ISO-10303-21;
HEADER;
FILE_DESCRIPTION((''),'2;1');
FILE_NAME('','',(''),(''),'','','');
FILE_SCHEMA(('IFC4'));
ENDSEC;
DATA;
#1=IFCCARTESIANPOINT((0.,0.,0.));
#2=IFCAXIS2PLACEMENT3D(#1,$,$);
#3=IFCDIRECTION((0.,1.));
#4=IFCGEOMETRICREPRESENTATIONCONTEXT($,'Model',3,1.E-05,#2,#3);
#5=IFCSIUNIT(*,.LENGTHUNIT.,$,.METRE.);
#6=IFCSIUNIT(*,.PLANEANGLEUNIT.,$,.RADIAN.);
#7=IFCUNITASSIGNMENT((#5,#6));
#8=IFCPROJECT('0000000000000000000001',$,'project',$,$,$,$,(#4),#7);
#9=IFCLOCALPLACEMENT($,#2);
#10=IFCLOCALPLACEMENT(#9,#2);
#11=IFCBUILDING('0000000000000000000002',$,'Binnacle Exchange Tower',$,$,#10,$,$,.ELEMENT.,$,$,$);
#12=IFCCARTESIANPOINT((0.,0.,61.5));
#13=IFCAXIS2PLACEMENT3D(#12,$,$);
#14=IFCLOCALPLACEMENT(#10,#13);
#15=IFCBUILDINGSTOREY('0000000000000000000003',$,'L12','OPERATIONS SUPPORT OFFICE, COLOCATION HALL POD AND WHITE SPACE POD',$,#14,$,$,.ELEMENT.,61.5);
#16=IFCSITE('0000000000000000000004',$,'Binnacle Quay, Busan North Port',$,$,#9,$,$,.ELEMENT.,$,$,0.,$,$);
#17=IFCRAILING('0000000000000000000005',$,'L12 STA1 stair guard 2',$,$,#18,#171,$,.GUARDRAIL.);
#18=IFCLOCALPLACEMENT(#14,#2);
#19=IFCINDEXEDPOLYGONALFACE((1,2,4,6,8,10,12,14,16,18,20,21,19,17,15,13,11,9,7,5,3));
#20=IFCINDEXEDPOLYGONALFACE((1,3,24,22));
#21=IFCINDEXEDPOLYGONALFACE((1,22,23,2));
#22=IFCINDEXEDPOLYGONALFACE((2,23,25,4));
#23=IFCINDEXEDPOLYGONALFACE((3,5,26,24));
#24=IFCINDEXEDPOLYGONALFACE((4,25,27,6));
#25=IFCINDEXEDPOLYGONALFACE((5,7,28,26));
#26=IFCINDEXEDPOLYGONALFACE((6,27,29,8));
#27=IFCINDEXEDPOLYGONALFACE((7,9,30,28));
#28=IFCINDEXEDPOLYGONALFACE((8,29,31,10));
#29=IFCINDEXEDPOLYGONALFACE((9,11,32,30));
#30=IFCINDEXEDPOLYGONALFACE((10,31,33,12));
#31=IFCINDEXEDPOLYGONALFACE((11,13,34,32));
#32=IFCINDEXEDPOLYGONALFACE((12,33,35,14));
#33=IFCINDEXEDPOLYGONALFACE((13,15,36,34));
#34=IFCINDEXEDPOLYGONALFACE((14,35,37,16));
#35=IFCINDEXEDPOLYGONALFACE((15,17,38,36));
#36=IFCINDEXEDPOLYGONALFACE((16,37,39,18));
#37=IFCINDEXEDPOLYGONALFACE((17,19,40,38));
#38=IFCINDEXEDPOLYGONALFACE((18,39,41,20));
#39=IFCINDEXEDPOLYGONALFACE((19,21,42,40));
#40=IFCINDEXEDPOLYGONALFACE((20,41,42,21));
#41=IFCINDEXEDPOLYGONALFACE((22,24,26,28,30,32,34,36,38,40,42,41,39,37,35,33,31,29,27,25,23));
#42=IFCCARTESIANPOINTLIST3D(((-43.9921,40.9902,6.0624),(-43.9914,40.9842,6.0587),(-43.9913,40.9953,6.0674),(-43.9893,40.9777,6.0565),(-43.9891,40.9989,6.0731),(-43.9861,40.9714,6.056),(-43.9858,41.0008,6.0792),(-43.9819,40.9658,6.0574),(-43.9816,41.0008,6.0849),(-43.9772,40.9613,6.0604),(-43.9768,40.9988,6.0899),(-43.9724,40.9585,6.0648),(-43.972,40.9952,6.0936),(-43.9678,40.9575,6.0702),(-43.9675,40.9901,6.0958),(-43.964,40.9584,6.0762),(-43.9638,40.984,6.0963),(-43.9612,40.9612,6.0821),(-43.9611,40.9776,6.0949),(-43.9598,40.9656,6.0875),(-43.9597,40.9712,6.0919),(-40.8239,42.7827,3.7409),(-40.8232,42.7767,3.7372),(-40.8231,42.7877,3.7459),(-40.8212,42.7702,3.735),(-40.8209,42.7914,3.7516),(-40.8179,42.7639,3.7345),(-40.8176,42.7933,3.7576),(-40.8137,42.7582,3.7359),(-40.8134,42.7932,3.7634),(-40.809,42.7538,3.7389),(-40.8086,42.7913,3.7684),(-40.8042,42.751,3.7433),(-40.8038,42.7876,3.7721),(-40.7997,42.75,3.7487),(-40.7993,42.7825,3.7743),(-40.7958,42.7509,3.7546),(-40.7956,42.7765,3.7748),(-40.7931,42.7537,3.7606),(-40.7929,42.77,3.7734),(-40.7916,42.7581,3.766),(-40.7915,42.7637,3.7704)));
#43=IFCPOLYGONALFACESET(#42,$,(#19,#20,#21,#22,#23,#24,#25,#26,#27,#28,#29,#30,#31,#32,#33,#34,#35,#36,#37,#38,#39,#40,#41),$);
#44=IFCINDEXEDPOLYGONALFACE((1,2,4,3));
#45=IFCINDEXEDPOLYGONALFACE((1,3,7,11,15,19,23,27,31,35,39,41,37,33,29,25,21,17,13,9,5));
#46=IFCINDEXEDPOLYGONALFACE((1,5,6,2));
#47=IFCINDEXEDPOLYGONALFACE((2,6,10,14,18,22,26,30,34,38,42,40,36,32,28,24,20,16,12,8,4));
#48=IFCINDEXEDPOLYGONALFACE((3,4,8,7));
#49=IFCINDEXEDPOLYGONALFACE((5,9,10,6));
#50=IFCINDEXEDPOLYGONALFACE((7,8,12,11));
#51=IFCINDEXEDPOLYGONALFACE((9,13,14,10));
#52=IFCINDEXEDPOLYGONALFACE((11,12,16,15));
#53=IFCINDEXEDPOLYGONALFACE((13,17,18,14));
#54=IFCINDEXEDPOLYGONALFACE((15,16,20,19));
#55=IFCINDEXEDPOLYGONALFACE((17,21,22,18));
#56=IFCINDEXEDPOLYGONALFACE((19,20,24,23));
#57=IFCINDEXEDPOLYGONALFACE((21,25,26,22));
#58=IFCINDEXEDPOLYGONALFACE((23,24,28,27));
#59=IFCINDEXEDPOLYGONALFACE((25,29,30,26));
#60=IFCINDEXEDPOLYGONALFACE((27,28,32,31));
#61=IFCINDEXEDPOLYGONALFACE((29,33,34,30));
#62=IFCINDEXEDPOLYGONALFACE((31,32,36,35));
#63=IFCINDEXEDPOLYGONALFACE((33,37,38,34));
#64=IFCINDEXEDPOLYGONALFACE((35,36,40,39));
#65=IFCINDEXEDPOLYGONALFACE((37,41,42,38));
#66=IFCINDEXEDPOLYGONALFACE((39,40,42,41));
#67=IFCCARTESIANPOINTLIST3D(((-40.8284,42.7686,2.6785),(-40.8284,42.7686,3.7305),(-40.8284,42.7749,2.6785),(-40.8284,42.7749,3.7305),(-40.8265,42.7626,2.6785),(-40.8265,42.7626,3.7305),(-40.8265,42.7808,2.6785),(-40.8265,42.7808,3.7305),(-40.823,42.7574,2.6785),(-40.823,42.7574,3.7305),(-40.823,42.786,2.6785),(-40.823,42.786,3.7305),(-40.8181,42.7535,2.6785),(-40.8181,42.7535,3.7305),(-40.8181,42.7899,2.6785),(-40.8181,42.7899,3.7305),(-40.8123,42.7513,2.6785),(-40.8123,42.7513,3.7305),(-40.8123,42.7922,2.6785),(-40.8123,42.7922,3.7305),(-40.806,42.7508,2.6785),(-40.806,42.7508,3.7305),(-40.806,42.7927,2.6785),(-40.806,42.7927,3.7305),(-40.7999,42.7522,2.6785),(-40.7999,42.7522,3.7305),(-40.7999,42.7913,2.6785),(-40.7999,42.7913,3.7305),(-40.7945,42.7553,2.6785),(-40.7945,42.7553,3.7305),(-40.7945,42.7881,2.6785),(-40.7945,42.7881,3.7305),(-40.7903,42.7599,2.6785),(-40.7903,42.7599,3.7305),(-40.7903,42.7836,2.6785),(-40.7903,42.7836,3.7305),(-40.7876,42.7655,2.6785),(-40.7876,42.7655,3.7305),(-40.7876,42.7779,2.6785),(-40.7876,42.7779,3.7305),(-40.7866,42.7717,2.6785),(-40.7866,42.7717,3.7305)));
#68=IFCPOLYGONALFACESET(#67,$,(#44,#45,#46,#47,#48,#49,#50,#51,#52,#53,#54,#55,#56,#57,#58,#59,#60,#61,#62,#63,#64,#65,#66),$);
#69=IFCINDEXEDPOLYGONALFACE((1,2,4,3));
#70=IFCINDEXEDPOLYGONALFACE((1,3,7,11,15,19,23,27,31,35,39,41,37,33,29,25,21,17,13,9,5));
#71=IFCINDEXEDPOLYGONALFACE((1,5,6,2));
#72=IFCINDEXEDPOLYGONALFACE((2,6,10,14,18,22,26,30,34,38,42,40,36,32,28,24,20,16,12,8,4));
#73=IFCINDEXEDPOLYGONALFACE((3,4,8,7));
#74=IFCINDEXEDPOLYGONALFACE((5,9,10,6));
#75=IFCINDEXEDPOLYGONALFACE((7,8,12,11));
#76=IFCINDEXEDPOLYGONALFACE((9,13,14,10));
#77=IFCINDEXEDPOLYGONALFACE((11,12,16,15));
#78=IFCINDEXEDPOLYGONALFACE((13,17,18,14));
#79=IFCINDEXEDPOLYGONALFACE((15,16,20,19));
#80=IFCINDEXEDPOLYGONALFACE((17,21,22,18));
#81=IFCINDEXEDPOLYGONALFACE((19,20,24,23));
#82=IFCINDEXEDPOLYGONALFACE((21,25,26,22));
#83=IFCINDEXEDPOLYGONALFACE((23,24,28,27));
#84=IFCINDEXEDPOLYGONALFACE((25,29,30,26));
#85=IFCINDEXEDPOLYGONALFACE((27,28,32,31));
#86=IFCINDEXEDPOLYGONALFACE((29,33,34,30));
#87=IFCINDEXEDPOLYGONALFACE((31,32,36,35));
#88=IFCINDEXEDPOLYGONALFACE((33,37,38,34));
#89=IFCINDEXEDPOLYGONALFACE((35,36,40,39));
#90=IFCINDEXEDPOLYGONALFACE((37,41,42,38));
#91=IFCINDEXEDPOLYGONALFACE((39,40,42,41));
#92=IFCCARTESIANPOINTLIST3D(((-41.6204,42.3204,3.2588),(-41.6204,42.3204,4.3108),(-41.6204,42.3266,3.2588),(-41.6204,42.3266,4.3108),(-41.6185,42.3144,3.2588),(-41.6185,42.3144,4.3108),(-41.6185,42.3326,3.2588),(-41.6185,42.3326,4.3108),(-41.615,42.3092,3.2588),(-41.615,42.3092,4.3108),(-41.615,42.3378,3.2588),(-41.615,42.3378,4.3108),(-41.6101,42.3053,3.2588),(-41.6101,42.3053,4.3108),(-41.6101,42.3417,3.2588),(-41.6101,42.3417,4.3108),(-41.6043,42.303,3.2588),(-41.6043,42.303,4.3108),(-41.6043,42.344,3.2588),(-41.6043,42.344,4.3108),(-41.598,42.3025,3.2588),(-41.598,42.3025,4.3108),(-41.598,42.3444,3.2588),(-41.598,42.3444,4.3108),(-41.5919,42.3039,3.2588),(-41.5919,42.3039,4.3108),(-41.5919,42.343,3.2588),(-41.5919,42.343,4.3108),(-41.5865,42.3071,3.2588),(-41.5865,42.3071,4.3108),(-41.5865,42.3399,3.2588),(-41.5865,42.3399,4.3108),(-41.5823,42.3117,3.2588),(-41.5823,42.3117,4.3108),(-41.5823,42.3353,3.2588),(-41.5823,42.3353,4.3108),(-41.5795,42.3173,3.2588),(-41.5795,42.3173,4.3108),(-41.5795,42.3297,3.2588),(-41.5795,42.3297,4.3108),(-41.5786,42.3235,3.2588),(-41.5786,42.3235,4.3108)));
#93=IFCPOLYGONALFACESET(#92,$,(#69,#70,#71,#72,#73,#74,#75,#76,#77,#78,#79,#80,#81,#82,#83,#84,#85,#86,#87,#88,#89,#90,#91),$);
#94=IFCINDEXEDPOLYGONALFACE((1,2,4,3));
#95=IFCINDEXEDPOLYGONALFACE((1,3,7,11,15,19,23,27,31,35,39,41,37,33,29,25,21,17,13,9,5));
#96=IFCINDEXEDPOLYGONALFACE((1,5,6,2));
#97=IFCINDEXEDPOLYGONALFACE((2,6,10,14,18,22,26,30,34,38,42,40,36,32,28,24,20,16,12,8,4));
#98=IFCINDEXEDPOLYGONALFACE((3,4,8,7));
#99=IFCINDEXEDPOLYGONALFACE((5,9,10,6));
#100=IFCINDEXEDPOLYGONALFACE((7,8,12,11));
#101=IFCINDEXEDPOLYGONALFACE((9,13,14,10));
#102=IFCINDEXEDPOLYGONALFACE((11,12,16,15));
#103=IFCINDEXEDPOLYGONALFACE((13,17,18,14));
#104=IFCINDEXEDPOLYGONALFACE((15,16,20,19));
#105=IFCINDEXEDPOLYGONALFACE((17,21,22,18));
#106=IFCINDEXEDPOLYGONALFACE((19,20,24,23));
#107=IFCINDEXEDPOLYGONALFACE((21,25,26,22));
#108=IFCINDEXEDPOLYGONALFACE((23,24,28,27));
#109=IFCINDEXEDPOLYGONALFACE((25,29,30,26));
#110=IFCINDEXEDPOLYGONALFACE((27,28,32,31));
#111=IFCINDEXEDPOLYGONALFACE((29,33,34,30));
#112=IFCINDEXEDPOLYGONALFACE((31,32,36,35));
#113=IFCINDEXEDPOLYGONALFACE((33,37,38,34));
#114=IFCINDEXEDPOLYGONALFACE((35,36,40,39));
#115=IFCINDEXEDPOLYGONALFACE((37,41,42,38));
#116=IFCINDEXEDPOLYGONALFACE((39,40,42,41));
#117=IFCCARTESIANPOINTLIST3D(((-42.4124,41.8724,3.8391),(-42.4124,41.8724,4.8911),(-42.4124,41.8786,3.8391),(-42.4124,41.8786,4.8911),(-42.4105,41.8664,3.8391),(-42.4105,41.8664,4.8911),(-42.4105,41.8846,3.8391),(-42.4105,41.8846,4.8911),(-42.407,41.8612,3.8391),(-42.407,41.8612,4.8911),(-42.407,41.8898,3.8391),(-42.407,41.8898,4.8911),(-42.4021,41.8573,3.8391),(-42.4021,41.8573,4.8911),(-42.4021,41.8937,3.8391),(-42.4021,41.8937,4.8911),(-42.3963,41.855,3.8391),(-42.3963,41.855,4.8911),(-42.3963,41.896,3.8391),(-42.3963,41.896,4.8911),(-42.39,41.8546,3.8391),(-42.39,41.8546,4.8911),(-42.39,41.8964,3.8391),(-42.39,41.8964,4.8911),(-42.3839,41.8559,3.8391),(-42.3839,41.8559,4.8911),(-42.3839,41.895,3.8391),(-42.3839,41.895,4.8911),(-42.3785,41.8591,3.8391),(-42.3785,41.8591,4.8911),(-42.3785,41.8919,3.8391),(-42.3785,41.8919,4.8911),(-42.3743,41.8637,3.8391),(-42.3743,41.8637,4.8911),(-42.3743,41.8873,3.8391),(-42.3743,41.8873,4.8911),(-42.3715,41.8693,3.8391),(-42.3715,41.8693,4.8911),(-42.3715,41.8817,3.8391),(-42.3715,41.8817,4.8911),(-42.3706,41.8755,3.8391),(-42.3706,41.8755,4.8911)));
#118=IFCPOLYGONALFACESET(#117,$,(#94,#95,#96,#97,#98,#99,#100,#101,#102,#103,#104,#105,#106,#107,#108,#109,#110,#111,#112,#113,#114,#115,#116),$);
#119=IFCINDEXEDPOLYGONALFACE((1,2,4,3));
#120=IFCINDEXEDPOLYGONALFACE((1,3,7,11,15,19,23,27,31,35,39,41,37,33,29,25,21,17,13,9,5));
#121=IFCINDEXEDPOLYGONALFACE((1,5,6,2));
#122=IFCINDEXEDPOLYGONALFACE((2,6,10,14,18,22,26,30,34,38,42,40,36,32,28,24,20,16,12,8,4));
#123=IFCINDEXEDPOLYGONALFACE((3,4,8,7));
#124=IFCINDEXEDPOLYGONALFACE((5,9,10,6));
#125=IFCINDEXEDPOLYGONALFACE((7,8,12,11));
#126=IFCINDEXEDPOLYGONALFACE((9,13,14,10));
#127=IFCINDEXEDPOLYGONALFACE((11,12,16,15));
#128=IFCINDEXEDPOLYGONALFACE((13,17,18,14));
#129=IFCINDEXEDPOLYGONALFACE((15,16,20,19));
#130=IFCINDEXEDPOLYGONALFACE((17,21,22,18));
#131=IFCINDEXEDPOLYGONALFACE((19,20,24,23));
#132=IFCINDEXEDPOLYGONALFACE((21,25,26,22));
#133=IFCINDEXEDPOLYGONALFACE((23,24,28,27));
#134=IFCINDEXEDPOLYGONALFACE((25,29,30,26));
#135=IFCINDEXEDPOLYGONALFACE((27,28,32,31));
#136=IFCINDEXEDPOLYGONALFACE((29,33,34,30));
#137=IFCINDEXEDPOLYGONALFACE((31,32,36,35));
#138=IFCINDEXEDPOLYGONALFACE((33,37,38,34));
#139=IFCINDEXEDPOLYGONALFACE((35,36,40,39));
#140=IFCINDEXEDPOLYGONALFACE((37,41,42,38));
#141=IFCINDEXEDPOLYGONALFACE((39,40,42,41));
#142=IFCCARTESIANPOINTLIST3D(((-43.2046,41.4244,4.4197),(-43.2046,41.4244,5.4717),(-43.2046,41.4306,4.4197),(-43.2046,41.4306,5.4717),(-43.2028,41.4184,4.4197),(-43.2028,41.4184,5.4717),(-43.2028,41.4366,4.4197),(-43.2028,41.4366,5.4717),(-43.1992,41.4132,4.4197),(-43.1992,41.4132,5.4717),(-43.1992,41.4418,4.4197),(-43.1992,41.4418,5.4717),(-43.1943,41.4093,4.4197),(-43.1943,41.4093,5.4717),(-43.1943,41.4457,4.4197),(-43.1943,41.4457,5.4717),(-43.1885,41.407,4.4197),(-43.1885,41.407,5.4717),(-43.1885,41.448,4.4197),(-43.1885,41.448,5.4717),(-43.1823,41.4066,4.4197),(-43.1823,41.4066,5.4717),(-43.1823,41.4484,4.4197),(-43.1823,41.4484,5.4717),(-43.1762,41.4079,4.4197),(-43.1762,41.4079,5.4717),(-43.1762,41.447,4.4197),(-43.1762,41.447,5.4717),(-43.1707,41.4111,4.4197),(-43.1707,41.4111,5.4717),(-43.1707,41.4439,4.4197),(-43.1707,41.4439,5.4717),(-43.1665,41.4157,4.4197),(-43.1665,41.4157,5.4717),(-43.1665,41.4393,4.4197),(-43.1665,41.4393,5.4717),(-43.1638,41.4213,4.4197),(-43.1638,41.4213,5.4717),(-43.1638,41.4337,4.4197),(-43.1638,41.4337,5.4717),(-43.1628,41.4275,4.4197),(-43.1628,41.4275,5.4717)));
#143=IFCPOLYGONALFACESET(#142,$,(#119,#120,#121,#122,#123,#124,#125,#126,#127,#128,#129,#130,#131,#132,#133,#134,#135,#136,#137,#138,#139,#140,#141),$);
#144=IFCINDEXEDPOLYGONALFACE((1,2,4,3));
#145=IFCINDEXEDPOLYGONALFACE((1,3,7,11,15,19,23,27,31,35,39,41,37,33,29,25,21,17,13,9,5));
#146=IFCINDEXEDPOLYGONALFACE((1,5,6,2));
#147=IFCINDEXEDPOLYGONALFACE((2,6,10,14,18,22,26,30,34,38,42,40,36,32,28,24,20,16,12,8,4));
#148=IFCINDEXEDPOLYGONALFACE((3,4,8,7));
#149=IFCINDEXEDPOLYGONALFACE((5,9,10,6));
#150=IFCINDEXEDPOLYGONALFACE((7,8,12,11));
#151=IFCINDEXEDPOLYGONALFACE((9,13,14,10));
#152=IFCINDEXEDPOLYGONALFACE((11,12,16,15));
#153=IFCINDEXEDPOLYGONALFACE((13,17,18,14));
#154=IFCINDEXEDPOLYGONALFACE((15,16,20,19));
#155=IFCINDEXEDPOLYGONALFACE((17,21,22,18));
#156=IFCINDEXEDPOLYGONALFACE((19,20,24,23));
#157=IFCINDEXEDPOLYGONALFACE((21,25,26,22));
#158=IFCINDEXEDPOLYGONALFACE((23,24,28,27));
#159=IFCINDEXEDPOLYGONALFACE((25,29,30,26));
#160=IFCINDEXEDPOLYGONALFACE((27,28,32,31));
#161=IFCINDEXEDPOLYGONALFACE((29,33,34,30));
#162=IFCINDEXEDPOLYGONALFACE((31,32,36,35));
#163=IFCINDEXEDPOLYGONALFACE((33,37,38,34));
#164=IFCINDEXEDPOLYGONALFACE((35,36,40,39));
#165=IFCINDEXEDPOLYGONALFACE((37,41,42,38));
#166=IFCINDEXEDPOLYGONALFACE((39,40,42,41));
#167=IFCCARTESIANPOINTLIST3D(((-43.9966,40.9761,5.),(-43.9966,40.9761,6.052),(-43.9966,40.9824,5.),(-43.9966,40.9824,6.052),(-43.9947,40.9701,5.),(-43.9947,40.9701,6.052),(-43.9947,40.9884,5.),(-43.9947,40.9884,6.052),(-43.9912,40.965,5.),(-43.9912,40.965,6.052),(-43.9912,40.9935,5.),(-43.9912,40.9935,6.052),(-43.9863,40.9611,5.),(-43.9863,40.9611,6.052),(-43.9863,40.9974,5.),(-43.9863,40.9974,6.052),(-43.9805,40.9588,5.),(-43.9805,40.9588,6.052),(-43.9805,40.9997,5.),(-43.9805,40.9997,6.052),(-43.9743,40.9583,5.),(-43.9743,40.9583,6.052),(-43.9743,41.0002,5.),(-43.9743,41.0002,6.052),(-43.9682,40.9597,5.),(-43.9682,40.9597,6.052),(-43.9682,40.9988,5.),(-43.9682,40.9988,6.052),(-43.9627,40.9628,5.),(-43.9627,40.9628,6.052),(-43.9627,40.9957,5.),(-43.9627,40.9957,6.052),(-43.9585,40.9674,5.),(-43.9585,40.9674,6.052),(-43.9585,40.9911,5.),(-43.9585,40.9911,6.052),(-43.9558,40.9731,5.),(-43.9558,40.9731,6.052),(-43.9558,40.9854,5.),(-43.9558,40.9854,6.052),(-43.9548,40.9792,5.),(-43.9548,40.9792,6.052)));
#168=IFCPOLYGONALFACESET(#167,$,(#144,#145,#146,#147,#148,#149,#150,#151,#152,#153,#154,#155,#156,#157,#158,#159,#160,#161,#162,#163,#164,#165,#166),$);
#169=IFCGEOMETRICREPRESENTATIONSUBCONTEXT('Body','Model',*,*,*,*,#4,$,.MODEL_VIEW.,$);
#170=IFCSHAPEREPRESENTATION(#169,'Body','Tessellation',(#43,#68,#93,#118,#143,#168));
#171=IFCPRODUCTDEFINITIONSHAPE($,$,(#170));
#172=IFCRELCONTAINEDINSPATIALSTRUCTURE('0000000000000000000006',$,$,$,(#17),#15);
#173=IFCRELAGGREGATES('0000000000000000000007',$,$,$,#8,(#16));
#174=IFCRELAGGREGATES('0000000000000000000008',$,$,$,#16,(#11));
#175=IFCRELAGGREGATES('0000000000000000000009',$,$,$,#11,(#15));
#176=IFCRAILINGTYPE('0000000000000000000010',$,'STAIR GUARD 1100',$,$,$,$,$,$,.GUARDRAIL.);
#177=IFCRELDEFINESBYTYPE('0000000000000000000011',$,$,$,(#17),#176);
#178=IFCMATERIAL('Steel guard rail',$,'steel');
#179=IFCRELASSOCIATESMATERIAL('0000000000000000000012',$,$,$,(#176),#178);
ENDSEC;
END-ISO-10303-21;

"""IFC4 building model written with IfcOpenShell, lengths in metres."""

from ifc_helpers import new_model, si_unit, direction, frame, origin, origin_2d, place, context, subcontext, project, spatial, circle, extrude, material, type_object, element, save


model = new_model("IFC4")

# Units and contexts
model_context = context("Model", 3, precision=1e-05, world=origin(), true_north=direction((0.0, 1.0)))
body_context = subcontext(model_context, "Body", "Model", "MODEL_VIEW")
ifc_project = project(units=[si_unit("LENGTHUNIT", "METRE"), si_unit("PLANEANGLEUNIT", "RADIAN")], contexts=[model_context])

# Site, building, storey
site_placement = place(None, origin())
site = spatial("IfcSite", under=ifc_project, at=site_placement, Name="Binnacle Quay, Busan North Port", CompositionType="ELEMENT", RefElevation=0.0)
building_placement = place(site_placement, origin())
building = spatial("IfcBuilding", under=site, at=building_placement, Name="Binnacle Exchange Tower", CompositionType="ELEMENT")
storey_placement = place(building_placement, frame((0.0, 0.0, 61.5)))
storey = spatial("IfcBuildingStorey", under=building, at=storey_placement, Name="L12", Description="OPERATIONS SUPPORT OFFICE, COLOCATION HALL POD AND WHITE SPACE POD", CompositionType="ELEMENT", Elevation=61.5)

# Railing
ifc_material_1 = material(Name="Steel guard rail", Category="steel")
railing_type_1 = type_object("IfcRailingType", Name="STAIR GUARD 1100", PredefinedType="GUARDRAIL", material=ifc_material_1)
railing_1_placement = place(storey_placement, frame((-40.8076, 42.7717, 2.6785)))
element("IfcRailing", 1, at=railing_1_placement, inside=storey, type_object=railing_type_1, Name="L12 STA1 stair guard 2", PredefinedType="GUARDRAIL", context=body_context, shape_type="SweptSolid", body=[
    extrude(circle(Radius=0.0239, at=origin_2d()), frame((0.0, 0.0, 1.0762), z_axis=(-0.733822, -0.415174, 0.537714), x_axis=(0.492422, -0.870357, 0.0)), (0.0, 0.0, 1.0), 4.3174),
    extrude(circle(Radius=0.021, at=origin_2d()), origin(), (0.0, 0.0, 1.0), 1.052),
    extrude(circle(Radius=0.021, at=origin_2d()), frame((-0.792, -0.4482, 0.5803)), (0.0, 0.0, 1.0), 1.052),
    extrude(circle(Radius=0.021, at=origin_2d()), frame((-1.584, -0.8962, 1.1606)), (0.0, 0.0, 1.0), 1.052),
    extrude(circle(Radius=0.021, at=origin_2d()), frame((-2.3762, -1.3442, 1.7412)), (0.0, 0.0, 1.0), 1.052),
    extrude(circle(Radius=0.021, at=origin_2d()), frame((-3.1682, -1.7925, 2.3215)), (0.0, 0.0, 1.0), 1.052),
])

save(model, "model.ifc")
